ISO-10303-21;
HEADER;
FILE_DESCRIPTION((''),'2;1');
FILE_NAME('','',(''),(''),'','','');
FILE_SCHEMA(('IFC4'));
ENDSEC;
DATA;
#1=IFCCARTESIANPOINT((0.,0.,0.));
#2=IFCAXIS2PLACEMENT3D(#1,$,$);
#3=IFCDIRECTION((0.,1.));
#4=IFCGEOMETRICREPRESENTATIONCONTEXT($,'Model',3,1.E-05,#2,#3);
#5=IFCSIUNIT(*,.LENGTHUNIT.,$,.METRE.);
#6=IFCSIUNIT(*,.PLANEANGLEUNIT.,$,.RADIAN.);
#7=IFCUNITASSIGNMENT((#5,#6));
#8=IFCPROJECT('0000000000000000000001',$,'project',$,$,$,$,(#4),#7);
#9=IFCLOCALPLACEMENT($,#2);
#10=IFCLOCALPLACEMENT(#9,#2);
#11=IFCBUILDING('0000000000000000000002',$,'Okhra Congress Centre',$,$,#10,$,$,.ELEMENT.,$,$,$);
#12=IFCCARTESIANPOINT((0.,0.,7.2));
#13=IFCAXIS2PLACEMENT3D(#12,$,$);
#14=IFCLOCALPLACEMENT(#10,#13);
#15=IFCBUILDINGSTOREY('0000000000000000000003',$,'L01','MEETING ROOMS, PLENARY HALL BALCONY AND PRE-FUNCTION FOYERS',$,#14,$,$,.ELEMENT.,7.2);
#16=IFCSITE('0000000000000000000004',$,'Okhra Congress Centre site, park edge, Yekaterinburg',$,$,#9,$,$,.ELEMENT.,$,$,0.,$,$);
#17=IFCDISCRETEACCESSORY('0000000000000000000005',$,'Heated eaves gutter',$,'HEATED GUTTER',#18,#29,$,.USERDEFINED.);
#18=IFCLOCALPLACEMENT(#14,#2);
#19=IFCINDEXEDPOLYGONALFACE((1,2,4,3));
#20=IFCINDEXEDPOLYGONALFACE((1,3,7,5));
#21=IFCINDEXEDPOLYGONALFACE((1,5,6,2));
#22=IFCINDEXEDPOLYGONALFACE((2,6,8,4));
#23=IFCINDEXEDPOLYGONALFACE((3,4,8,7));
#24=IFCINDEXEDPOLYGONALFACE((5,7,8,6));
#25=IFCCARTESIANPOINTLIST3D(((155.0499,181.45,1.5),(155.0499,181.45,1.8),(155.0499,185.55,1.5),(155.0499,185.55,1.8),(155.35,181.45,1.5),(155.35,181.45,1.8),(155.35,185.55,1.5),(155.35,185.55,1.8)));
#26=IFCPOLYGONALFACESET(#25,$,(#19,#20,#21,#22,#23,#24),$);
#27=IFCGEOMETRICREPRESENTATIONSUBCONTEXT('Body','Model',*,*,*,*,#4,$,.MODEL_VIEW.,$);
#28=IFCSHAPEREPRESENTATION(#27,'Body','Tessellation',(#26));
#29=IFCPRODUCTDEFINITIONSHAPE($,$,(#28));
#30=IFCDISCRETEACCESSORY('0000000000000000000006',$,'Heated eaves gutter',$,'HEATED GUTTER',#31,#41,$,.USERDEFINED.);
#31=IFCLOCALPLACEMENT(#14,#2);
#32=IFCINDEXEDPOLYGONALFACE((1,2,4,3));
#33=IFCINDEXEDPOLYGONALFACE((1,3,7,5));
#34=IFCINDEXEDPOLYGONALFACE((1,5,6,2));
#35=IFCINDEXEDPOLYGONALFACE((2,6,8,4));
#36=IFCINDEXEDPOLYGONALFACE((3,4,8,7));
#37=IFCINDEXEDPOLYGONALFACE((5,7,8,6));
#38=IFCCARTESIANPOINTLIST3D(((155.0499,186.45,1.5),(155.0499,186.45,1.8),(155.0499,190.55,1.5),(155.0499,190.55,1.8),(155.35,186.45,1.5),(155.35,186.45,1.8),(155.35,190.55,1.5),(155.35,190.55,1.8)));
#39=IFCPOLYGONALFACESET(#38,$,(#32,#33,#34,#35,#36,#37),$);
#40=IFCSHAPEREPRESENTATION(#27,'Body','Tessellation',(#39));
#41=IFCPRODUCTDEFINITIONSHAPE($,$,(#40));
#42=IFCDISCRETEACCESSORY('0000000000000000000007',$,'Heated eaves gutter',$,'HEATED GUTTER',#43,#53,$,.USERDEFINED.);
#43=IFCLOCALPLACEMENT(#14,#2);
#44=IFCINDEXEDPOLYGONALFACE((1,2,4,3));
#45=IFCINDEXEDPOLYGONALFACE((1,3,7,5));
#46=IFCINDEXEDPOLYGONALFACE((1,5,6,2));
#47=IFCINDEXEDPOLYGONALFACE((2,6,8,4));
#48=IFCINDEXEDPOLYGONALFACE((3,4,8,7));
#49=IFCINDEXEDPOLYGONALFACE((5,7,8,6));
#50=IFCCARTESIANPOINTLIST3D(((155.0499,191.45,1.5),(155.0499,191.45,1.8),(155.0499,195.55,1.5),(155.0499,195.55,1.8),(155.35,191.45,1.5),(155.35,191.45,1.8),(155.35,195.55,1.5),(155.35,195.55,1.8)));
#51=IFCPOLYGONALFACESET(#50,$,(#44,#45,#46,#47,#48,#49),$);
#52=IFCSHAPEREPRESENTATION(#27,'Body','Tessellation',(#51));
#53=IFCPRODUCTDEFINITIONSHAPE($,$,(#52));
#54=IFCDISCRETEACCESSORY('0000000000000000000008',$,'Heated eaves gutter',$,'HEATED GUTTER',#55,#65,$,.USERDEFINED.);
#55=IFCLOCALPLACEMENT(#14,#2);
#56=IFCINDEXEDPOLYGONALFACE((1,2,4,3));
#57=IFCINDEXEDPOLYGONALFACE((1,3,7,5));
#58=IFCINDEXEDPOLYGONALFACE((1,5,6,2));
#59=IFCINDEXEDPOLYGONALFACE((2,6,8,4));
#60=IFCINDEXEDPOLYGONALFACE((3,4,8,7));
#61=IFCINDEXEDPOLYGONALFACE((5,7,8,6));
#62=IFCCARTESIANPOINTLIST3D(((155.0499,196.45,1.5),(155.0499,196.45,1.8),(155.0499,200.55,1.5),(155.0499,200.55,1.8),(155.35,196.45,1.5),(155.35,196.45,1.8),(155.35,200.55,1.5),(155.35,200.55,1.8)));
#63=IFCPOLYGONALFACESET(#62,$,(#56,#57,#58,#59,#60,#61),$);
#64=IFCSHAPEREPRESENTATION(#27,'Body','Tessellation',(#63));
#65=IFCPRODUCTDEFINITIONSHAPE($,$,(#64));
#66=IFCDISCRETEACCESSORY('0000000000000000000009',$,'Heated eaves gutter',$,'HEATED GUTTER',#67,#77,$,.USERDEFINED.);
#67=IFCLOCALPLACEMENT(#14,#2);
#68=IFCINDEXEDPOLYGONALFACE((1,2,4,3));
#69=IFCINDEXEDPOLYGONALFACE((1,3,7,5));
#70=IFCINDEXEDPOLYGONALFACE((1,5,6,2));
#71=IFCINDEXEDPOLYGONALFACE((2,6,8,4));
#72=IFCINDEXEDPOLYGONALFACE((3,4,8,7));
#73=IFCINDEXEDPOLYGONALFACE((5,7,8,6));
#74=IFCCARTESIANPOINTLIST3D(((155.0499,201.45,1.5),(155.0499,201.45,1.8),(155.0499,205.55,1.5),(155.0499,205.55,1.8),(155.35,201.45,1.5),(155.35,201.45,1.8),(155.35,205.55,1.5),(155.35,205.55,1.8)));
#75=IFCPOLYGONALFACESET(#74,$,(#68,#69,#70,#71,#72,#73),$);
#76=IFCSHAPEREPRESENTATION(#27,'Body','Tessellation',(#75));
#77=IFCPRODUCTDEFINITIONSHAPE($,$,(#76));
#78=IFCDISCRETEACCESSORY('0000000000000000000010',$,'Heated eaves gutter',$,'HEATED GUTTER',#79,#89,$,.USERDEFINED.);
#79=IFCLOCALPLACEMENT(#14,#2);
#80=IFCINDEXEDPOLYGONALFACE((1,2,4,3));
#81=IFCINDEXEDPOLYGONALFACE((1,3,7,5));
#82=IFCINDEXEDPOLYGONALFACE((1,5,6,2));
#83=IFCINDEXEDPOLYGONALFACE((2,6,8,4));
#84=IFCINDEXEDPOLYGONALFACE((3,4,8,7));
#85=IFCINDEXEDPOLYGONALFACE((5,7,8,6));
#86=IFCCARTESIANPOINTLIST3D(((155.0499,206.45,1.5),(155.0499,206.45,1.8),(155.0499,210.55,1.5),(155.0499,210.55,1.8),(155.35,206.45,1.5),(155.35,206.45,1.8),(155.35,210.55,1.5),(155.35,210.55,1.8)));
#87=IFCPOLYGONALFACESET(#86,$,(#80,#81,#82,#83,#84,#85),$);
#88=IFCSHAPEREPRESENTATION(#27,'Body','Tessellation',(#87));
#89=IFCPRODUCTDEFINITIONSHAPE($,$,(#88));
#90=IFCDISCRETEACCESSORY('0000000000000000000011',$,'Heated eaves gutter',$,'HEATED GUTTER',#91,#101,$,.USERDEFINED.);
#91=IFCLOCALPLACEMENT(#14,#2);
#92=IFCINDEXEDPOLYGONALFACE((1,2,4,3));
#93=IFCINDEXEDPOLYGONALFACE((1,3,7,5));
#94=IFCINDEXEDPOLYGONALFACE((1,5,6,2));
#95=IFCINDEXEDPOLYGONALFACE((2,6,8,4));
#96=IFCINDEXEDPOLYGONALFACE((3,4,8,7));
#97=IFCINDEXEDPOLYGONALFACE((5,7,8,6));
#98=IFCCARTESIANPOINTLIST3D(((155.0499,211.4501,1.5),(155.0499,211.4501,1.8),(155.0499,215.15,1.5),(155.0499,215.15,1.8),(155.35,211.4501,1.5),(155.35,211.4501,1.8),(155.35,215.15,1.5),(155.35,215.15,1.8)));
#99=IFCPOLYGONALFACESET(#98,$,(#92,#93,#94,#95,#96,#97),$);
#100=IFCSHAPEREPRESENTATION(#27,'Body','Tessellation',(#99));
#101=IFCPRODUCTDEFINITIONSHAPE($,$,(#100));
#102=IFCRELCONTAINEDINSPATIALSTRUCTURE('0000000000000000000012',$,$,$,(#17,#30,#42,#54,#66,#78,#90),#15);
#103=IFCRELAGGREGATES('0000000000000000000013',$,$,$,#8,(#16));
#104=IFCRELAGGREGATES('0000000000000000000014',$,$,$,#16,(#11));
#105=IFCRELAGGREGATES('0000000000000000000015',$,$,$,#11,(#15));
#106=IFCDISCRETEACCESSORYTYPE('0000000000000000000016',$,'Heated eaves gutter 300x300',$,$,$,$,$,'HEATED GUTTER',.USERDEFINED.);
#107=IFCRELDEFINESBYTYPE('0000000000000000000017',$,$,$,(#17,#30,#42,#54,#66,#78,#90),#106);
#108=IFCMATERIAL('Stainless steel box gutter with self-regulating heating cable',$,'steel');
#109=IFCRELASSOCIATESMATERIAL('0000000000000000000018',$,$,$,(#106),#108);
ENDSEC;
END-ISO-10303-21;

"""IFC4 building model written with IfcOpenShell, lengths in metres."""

from ifc_helpers import new_model, si_unit, direction, frame, origin, origin_2d, place, context, subcontext, project, spatial, rectangle, extrude, material, type_object, element, save


model = new_model("IFC4")

# Units and contexts
model_context = context("Model", 3, precision=1e-05, world=origin(), true_north=direction((0.0, 1.0)))
body_context = subcontext(model_context, "Body", "Model", "MODEL_VIEW")
ifc_project = project(units=[si_unit("LENGTHUNIT", "METRE"), si_unit("PLANEANGLEUNIT", "RADIAN")], contexts=[model_context])

# Site, building, storey
site_placement = place(None, origin())
site = spatial("IfcSite", under=ifc_project, at=site_placement, Name="Okhra Congress Centre site, park edge, Yekaterinburg", CompositionType="ELEMENT", RefElevation=0.0)
building_placement = place(site_placement, origin())
building = spatial("IfcBuilding", under=site, at=building_placement, Name="Okhra Congress Centre", CompositionType="ELEMENT")
storey_placement = place(building_placement, frame((0.0, 0.0, 7.2)))
storey = spatial("IfcBuildingStorey", under=building, at=storey_placement, Name="L01", Description="MEETING ROOMS, PLENARY HALL BALCONY AND PRE-FUNCTION FOYERS", CompositionType="ELEMENT", Elevation=7.2)

# Discrete accessories
ifc_material_1 = material(Name="Stainless steel box gutter with self-regulating heating cable", Category="steel")
discrete_accessory_type = type_object("IfcDiscreteAccessoryType", Name="Heated eaves gutter 300x300", ElementType="HEATED GUTTER", PredefinedType="USERDEFINED", material=ifc_material_1)
for number, where, z_axis, x_axis, name in (
    (1, (155.2, 183.5, 1.5), (0.0, 0.0, 1.0), (1.0, 0.0, 0.0), "Heated eaves gutter"),
    (2, (155.2, 188.5, 1.5), (0.0, 0.0, 1.0), (1.0, 0.0, 0.0), "Heated eaves gutter"),
    (3, (155.2, 193.5, 1.5), (0.0, 0.0, 1.0), (1.0, 0.0, 0.0), "Heated eaves gutter"),
    (4, (155.2, 198.5, 1.5), (0.0, 0.0, 1.0), (1.0, 0.0, 0.0), "Heated eaves gutter"),
    (5, (155.2, 203.5, 1.5), (0.0, 0.0, 1.0), (1.0, 0.0, 0.0), "Heated eaves gutter"),
    (6, (155.2, 208.5, 1.5), (0.0, 0.0, 1.0), (1.0, 0.0, 0.0), "Heated eaves gutter"),
):
    element("IfcDiscreteAccessory", number, at=place(storey_placement, frame(where, z_axis=z_axis, x_axis=x_axis)), inside=storey, type_object=discrete_accessory_type, Name=name, ObjectType="HEATED GUTTER", PredefinedType="USERDEFINED", context=body_context, shape_type="SweptSolid", body=[
        extrude(rectangle(XDim=0.3, YDim=4.1001, at=origin_2d()), origin(), (0.0, 0.0, 1.0), 0.3),
    ])
discrete_accessory_placement = place(storey_placement, frame((155.2, 213.3, 1.5), z_axis=(0.0, 0.0, 1.0), x_axis=(1.0, 0.0, 0.0)))
element("IfcDiscreteAccessory", 7, at=discrete_accessory_placement, inside=storey, type_object=discrete_accessory_type, Name="Heated eaves gutter", ObjectType="HEATED GUTTER", PredefinedType="USERDEFINED", context=body_context, shape_type="SweptSolid", body=[
    extrude(rectangle(XDim=0.3, YDim=3.7, at=origin_2d()), origin(), (0.0, 0.0, 1.0), 0.3),
])

save(model, "model.ifc")
